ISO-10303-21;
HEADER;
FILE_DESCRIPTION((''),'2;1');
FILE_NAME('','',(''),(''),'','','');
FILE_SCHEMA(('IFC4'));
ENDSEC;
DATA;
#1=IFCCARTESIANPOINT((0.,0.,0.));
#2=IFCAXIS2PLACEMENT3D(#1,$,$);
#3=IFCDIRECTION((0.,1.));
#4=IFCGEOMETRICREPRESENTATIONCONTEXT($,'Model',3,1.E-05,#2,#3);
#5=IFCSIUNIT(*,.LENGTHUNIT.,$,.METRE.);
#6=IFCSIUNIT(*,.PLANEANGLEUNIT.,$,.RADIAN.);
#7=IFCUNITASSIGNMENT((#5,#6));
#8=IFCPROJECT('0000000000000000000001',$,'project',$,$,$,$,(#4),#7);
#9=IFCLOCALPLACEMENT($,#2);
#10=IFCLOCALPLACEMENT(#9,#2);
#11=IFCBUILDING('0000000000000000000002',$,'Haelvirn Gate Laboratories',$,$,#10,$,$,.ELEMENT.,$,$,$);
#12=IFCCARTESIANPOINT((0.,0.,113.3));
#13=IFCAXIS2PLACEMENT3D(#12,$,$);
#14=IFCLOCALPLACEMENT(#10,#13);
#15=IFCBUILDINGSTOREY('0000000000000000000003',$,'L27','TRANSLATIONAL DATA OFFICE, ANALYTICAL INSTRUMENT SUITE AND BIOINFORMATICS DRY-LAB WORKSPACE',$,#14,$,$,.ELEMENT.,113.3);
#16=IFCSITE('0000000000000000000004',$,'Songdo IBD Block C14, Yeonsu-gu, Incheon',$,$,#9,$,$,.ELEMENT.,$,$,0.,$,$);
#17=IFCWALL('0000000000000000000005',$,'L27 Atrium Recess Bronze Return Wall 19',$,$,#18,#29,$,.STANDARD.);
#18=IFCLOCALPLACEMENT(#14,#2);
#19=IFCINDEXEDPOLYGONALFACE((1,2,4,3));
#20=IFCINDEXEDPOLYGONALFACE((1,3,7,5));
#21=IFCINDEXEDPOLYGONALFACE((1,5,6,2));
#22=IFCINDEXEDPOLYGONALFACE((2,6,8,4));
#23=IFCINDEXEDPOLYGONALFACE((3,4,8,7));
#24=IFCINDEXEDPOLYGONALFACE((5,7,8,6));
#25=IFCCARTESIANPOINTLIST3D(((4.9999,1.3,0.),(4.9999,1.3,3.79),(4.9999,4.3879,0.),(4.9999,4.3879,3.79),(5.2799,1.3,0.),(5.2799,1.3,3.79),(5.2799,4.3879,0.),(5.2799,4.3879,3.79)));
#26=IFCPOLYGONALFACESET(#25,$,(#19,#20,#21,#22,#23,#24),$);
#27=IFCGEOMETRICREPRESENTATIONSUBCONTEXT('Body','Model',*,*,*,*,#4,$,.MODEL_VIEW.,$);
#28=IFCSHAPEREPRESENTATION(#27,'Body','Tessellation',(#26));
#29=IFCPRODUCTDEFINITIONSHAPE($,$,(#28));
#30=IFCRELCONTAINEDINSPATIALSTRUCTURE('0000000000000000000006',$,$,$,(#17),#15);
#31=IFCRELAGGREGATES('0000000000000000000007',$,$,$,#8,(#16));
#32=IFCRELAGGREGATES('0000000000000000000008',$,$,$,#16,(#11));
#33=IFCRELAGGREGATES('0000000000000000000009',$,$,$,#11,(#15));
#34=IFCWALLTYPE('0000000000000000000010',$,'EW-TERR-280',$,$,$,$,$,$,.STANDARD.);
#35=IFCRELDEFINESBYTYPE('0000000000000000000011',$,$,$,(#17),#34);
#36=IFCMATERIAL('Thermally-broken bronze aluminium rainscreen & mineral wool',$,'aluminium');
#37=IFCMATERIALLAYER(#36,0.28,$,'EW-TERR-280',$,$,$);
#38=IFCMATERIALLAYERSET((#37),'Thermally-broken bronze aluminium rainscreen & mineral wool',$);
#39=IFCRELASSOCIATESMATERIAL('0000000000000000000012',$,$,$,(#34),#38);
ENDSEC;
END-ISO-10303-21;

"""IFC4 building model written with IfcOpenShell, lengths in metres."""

from ifc_helpers import new_model, si_unit, direction, frame, frame_2d, origin, place, context, subcontext, project, spatial, rectangle, extrude, material, layer, layer_set, type_object, element, save


model = new_model("IFC4")

# Units and contexts
model_context = context("Model", 3, precision=1e-05, world=origin(), true_north=direction((0.0, 1.0)))
body_context = subcontext(model_context, "Body", "Model", "MODEL_VIEW")
ifc_project = project(units=[si_unit("LENGTHUNIT", "METRE"), si_unit("PLANEANGLEUNIT", "RADIAN")], contexts=[model_context])

# Site, building, storey
site_placement = place(None, origin())
site = spatial("IfcSite", under=ifc_project, at=site_placement, Name="Songdo IBD Block C14, Yeonsu-gu, Incheon", CompositionType="ELEMENT", RefElevation=0.0)
building_placement = place(site_placement, origin())
building = spatial("IfcBuilding", under=site, at=building_placement, Name="Haelvirn Gate Laboratories", CompositionType="ELEMENT")
storey_placement = place(building_placement, frame((0.0, 0.0, 113.3)))
storey = spatial("IfcBuildingStorey", under=building, at=storey_placement, Name="L27", Description="TRANSLATIONAL DATA OFFICE, ANALYTICAL INSTRUMENT SUITE AND BIOINFORMATICS DRY-LAB WORKSPACE", CompositionType="ELEMENT", Elevation=113.3)

# Shared definitions
ifc_material_1 = material(Name="Thermally-broken bronze aluminium rainscreen & mineral wool", Category="aluminium")
ifc_layer_1 = layer(ifc_material_1, 0.28, Name="EW-TERR-280")
ifc_layer_set_1 = layer_set([ifc_layer_1], Name="Thermally-broken bronze aluminium rainscreen & mineral wool")
wall_type = type_object("IfcWallType", Name="EW-TERR-280", PredefinedType="STANDARD", material=ifc_layer_set_1)

# Wall
wall_1_placement = place(storey_placement, frame((5.1399, 4.3879, 0.0), z_axis=(0.0, 0.0, 1.0), x_axis=(0.0, -1.0, 0.0)))
element("IfcWall", 1, at=wall_1_placement, inside=storey, type_object=wall_type, Name="L27 Atrium Recess Bronze Return Wall 19", PredefinedType="STANDARD", context=body_context, shape_type="SweptSolid", body=[
    extrude(rectangle(XDim=3.0879, YDim=0.28, at=frame_2d((1.5439, 0.0))), origin(), (0.0, 0.0, 1.0), 3.79),
])

save(model, "model.ifc")
